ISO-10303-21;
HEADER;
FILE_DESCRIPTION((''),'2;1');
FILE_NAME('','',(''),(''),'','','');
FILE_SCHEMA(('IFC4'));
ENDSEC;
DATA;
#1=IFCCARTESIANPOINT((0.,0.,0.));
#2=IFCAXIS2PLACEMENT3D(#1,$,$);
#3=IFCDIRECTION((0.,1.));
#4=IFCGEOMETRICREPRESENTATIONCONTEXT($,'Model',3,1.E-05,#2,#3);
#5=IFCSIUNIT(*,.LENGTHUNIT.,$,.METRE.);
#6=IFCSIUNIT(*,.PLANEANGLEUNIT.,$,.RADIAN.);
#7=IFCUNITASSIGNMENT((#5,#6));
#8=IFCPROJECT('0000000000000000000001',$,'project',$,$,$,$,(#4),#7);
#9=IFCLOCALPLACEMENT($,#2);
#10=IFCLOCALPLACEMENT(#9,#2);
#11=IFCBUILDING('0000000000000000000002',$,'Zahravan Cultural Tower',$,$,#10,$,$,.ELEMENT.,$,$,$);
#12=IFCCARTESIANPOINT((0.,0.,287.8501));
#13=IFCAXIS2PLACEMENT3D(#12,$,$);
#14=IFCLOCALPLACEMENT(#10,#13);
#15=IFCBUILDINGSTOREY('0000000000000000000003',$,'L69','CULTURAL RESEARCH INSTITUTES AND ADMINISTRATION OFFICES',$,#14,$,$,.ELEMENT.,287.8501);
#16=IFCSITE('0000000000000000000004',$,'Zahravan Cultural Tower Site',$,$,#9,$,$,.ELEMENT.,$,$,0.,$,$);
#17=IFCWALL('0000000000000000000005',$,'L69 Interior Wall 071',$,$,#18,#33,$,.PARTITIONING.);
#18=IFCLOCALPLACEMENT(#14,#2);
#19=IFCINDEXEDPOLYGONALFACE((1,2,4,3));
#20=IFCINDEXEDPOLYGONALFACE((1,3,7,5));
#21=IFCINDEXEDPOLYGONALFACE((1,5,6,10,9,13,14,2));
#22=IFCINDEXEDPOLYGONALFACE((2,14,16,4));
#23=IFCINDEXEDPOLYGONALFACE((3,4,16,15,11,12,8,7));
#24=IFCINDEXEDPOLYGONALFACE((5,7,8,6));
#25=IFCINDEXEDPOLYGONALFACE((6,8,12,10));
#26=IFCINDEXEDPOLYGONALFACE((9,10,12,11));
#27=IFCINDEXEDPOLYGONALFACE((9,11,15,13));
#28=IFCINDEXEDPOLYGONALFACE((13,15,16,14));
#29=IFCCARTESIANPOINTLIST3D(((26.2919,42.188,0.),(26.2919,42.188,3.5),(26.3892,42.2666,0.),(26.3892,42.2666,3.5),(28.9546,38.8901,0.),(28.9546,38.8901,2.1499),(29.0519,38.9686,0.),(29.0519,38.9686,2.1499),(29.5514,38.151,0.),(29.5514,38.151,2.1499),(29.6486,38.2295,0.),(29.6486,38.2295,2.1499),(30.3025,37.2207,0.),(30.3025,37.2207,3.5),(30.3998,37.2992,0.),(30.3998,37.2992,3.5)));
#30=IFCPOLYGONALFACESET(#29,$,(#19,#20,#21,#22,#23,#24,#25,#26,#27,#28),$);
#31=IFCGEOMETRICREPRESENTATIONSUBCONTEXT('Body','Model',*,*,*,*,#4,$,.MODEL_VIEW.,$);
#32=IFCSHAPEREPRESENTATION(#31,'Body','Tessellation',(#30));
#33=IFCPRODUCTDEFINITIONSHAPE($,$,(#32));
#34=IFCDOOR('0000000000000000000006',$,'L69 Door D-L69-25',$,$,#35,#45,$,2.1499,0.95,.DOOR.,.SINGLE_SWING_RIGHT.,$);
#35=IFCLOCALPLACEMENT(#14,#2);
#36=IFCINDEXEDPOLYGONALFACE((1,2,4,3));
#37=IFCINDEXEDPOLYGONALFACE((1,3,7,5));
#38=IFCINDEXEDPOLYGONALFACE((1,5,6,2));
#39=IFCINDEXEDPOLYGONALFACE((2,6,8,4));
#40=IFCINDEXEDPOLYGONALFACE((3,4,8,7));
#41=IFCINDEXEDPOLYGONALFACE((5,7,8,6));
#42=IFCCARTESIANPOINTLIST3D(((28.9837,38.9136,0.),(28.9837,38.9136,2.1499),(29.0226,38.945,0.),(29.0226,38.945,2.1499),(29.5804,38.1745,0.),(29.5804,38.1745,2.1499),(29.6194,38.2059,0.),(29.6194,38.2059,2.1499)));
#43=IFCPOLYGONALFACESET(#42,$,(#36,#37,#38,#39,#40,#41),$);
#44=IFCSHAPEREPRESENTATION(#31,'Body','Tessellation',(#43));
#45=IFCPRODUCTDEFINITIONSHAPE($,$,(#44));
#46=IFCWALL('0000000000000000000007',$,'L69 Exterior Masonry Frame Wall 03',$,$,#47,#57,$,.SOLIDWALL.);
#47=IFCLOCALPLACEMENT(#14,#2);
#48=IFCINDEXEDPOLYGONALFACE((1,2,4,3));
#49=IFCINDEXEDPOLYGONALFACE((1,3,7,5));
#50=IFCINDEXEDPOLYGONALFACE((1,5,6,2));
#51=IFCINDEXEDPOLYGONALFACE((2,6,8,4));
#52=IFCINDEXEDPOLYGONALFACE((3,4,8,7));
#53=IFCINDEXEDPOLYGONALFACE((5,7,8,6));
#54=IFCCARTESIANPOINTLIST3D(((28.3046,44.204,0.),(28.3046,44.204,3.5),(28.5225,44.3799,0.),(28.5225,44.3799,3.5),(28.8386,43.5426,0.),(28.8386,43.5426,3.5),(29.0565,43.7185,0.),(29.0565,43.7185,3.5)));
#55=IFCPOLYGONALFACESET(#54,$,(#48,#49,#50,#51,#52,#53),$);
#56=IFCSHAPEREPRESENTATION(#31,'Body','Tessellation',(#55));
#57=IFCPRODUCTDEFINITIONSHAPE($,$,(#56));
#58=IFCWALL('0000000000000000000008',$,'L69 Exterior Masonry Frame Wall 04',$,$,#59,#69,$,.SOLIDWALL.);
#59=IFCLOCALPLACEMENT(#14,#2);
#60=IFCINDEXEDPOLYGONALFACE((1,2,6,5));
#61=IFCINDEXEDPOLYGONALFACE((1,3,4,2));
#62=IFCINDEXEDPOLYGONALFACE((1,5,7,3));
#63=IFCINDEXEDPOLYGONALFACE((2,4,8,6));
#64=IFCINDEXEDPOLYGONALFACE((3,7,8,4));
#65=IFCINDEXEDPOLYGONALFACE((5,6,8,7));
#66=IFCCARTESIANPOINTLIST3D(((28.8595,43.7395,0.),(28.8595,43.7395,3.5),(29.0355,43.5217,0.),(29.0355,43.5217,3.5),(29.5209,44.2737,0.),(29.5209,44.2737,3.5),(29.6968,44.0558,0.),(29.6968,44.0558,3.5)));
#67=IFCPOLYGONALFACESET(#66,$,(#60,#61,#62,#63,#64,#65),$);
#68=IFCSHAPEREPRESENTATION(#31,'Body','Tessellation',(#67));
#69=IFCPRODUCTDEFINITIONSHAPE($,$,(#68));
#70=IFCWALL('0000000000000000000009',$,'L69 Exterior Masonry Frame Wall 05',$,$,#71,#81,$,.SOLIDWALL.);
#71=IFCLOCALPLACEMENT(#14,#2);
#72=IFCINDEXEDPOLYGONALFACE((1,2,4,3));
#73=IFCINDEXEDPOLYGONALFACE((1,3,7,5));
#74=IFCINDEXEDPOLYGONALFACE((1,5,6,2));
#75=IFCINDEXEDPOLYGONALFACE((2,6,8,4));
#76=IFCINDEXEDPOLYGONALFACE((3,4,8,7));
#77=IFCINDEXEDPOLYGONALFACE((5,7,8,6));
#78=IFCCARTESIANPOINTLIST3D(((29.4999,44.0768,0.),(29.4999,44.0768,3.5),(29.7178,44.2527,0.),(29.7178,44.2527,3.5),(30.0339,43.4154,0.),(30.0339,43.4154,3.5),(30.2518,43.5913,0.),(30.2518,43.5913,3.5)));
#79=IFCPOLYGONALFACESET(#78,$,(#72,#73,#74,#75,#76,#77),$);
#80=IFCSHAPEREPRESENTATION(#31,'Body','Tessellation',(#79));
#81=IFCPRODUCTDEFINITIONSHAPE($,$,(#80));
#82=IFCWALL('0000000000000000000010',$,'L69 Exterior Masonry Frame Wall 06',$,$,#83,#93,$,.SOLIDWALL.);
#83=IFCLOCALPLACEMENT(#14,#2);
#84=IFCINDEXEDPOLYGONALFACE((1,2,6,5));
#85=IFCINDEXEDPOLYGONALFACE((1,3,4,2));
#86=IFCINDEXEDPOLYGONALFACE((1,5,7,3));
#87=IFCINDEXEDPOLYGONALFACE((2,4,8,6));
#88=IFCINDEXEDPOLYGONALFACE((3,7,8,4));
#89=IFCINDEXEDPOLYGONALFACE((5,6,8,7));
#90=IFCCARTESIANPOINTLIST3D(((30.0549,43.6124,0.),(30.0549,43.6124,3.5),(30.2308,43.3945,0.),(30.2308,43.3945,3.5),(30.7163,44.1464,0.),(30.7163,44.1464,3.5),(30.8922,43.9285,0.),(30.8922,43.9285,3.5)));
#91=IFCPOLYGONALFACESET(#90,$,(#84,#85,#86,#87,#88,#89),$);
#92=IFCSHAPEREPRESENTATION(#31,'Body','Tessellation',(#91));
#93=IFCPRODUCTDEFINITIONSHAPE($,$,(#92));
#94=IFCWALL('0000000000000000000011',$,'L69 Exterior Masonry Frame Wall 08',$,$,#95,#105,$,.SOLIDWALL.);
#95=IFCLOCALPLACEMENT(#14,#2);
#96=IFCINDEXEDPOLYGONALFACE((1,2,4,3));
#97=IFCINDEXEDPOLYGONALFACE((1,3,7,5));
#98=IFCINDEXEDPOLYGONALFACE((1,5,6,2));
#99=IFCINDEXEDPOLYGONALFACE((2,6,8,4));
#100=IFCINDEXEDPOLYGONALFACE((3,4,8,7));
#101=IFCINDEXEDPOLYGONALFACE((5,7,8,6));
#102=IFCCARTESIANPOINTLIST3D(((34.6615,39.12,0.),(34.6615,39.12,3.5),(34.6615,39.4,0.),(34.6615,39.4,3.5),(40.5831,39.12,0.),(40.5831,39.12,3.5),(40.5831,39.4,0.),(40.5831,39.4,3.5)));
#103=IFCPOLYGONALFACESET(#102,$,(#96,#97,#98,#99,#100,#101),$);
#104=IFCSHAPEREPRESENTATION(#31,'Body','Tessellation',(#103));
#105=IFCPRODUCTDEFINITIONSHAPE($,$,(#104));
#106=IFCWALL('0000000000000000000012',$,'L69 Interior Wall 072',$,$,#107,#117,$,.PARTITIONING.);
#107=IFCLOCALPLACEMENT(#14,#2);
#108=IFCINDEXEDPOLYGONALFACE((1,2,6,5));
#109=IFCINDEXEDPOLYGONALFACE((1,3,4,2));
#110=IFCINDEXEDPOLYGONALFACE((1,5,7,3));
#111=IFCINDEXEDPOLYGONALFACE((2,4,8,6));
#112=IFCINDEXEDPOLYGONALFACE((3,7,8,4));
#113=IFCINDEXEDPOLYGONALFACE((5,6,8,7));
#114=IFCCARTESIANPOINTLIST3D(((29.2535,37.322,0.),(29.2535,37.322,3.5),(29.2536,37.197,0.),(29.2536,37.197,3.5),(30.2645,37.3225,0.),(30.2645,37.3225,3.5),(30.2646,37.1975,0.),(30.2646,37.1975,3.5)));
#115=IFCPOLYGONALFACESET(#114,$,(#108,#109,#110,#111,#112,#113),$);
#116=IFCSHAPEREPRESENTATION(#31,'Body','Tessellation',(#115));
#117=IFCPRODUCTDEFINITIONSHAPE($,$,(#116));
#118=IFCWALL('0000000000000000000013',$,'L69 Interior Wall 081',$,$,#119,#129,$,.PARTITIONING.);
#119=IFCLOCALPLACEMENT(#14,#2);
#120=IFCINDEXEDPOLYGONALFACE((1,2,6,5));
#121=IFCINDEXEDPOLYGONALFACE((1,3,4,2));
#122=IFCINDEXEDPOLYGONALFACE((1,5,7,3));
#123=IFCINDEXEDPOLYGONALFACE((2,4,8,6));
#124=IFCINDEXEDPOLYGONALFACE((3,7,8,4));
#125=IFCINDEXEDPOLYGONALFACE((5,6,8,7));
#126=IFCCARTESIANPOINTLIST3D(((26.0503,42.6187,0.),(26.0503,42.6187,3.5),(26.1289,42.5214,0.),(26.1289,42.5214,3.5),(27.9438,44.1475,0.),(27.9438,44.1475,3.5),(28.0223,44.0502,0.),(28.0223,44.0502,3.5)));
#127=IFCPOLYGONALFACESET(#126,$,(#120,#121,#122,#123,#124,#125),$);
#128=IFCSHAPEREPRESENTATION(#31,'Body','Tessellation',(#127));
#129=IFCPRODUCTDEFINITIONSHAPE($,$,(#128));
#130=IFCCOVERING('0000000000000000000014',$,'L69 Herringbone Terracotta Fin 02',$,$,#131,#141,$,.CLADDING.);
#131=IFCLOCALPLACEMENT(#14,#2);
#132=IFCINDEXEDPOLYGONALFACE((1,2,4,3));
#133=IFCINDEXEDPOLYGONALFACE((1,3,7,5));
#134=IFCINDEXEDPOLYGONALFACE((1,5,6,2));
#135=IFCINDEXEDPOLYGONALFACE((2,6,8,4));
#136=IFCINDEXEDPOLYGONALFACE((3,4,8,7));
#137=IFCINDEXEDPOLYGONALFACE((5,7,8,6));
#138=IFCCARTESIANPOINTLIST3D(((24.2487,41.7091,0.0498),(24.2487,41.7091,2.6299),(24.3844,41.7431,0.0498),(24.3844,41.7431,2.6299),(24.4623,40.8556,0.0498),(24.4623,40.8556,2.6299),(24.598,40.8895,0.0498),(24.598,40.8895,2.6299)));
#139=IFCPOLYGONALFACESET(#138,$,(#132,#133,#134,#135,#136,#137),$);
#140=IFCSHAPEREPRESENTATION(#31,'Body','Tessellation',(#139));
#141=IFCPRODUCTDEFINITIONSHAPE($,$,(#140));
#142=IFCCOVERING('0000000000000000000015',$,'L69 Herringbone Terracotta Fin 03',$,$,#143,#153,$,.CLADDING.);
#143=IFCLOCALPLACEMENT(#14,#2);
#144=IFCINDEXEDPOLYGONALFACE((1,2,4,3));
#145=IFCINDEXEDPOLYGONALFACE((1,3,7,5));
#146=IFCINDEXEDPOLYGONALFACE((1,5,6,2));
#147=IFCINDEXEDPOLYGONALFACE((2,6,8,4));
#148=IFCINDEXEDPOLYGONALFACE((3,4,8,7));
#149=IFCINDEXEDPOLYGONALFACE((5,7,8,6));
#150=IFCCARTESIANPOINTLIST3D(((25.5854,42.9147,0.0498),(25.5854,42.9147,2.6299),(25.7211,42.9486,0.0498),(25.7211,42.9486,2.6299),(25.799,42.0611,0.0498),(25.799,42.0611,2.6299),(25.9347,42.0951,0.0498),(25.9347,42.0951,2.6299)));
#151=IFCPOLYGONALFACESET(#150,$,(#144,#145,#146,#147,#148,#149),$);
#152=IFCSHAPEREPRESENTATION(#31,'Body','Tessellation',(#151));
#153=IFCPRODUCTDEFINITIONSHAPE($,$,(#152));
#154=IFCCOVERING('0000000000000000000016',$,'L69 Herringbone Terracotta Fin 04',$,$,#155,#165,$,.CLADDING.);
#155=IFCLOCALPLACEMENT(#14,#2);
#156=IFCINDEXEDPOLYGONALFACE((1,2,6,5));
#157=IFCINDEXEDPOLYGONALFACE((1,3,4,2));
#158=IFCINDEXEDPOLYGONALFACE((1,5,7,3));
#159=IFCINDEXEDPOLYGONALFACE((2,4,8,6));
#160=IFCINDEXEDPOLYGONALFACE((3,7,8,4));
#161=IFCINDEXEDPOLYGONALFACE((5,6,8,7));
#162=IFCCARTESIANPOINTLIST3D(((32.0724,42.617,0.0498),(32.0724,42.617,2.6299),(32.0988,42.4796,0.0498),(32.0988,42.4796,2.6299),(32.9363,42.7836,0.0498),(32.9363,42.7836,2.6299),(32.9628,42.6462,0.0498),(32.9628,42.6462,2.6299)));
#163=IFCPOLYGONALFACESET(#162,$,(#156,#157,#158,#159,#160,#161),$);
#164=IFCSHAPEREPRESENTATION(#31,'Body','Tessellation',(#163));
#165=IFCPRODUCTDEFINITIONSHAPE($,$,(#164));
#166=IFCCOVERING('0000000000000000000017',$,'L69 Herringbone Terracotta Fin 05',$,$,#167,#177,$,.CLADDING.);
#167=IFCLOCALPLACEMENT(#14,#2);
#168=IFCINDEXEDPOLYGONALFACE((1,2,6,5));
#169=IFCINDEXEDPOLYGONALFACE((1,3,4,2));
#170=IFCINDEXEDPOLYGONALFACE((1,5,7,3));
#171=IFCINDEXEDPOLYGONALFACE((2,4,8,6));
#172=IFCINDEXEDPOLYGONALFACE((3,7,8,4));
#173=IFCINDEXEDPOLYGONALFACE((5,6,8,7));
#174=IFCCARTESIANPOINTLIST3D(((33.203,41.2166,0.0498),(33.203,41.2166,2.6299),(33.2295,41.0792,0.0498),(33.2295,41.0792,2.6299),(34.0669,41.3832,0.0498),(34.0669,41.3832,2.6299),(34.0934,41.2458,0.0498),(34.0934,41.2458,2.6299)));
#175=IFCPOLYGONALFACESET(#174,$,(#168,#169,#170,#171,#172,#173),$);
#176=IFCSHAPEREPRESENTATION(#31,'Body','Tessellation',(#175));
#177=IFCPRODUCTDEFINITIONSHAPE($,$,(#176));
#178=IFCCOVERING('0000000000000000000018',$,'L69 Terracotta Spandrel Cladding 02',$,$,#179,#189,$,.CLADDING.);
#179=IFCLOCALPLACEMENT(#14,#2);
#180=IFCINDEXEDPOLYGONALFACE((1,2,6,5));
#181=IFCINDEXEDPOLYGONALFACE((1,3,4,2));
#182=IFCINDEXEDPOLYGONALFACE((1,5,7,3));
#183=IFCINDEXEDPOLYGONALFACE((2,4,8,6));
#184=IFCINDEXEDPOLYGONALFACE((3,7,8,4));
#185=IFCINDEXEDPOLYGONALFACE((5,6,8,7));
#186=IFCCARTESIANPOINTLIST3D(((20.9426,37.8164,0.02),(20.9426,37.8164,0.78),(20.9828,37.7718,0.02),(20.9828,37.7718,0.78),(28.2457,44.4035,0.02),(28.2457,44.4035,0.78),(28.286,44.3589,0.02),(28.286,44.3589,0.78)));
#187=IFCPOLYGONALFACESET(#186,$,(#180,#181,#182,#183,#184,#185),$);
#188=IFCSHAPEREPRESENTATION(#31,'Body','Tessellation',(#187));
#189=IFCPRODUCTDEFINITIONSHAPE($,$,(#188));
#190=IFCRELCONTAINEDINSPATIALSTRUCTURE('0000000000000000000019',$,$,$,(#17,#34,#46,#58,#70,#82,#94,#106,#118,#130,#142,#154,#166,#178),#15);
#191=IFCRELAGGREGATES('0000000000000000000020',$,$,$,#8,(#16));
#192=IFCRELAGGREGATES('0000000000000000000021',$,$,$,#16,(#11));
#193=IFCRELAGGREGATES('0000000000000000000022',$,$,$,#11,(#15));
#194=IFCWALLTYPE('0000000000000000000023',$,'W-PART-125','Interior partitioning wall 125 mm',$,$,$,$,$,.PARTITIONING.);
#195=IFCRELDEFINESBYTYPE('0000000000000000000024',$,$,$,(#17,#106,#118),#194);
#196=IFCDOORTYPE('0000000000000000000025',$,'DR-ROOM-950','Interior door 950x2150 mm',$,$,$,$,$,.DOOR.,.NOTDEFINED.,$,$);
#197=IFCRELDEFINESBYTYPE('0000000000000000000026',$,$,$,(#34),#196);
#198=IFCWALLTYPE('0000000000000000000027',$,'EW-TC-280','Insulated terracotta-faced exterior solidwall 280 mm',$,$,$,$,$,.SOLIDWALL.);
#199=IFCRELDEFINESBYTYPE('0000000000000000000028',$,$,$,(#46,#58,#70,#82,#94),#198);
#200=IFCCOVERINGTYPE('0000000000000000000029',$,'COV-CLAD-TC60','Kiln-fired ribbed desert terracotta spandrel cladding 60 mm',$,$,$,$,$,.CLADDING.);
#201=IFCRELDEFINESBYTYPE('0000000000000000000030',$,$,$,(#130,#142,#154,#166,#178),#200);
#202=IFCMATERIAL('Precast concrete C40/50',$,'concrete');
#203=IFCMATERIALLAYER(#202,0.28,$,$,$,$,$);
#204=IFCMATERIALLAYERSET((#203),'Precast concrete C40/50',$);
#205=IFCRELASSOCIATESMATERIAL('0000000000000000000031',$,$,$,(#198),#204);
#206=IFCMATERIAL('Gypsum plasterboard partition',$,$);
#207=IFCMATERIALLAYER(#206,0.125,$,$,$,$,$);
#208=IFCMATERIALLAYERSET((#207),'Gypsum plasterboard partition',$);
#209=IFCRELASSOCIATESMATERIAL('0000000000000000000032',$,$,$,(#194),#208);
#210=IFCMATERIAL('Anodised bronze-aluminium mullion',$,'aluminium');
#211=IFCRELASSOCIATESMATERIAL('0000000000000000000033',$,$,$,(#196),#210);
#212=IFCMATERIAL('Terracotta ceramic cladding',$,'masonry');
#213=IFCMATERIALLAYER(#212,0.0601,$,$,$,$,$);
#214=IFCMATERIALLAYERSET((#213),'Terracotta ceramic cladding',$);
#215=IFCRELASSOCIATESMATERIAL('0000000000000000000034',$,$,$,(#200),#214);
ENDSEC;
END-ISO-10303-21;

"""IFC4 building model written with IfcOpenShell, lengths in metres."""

from ifc_helpers import new_model, si_unit, direction, frame, frame_2d, origin, origin_2d, place, context, subcontext, project, spatial, rectangle, extrude, source, transform, mapped, material, layer, layer_set, type_object, element, fill, save


model = new_model("IFC4")

# Units and contexts
model_context = context("Model", 3, precision=1e-05, world=origin(), true_north=direction((0.0, 1.0)))
body_context = subcontext(model_context, "Body", "Model", "MODEL_VIEW")
ifc_project = project(units=[si_unit("LENGTHUNIT", "METRE"), si_unit("PLANEANGLEUNIT", "RADIAN")], contexts=[model_context])

# Site, building, storey
site_placement = place(None, origin())
site = spatial("IfcSite", under=ifc_project, at=site_placement, Name="Zahravan Cultural Tower Site", CompositionType="ELEMENT", RefElevation=0.0)
building_placement = place(site_placement, origin())
building = spatial("IfcBuilding", under=site, at=building_placement, Name="Zahravan Cultural Tower", CompositionType="ELEMENT")
storey_placement = place(building_placement, frame((0.0, 0.0, 287.8501)))
storey = spatial("IfcBuildingStorey", under=building, at=storey_placement, Name="L69", Description="CULTURAL RESEARCH INSTITUTES AND ADMINISTRATION OFFICES", CompositionType="ELEMENT", Elevation=287.8501)

# Shared definitions
ifc_material_1 = material(Name="Precast concrete C40/50", Category="concrete")
ifc_layer_1 = layer(ifc_material_1, 0.28)
ifc_layer_set_1 = layer_set([ifc_layer_1], Name="Precast concrete C40/50")
wall_type_1 = type_object("IfcWallType", Name="EW-TC-280", Description="Insulated terracotta-faced exterior solidwall 280 mm", PredefinedType="SOLIDWALL", material=ifc_layer_set_1)

# Wall, opening, door
ifc_material_2 = material(Name="Gypsum plasterboard partition")
ifc_layer_2 = layer(ifc_material_2, 0.125)
ifc_layer_set_2 = layer_set([ifc_layer_2], Name="Gypsum plasterboard partition")
wall_type_2 = type_object("IfcWallType", Name="W-PART-125", Description="Interior partitioning wall 125 mm", PredefinedType="PARTITIONING", material=ifc_layer_set_2)
wall_1_placement = place(storey_placement, frame((26.3406, 42.2273, 0.0), z_axis=(0.0, 0.0, 1.0), x_axis=(0.628191, -0.778059, 0.0)))
wall_1 = element("IfcWall", 1, at=wall_1_placement, inside=storey, type_object=wall_type_2, Name="L69 Interior Wall 071", PredefinedType="PARTITIONING", context=body_context, shape_type="SweptSolid", body=[
    extrude(rectangle(XDim=6.3843, YDim=0.125, at=frame_2d((3.1921, 0.0))), origin(), (0.0, 0.0, 1.0), 3.5),
])
opening_1_placement = place(wall_1_placement, frame((4.2385, 0.0, 0.0)))
opening_1 = element("IfcOpeningElement", 2, at=opening_1_placement, cuts=wall_1, PredefinedType="OPENING", context=body_context, shape_type="SweptSolid", body=[
    extrude(rectangle(XDim=0.95, YDim=2.1499, at=frame_2d((0.4751, 1.075))), frame((0.0, 0.0725, 0.0), z_axis=(0.0, -1.0, 0.0), x_axis=(1.0, 0.0, 0.0)), (0.0, 0.0, 1.0), 0.145),
])
ifc_material_3 = material(Name="Anodised bronze-aluminium mullion", Category="aluminium")
door_type = type_object("IfcDoorType", Name="DR-ROOM-950", Description="Interior door 950x2150 mm", OperationType="NOTDEFINED", PredefinedType="DOOR", material=ifc_material_3)
shared_shape_1 = source(origin(), body_context, "Body", "SweptSolid", [
    extrude(rectangle(XDim=0.95, YDim=2.1499, at=frame_2d((0.4751, 1.075))), frame((0.0, 0.0249, 0.0), z_axis=(0.0, -1.0, 0.0), x_axis=(1.0, 0.0, 0.0)), (0.0, 0.0, 1.0), 0.05),
])
door_placement = place(opening_1_placement, origin())
door = element("IfcDoor", 3, at=door_placement, inside=storey, type_object=door_type, Name="L69 Door D-L69-25", OperationType="SINGLE_SWING_RIGHT", OverallHeight=2.1499, OverallWidth=0.95, PredefinedType="DOOR", context=body_context, shape_type="MappedRepresentation", body=[
    mapped(shared_shape_1, transform((0.0, 0.0, 0.0), x_axis=(1.0, 0.0, 0.0), y_axis=(0.0, 1.0, 0.0), z_axis=(0.0, 0.0, 1.0), scale=1.0)),
])
fill(opening_1, door)

# Walls
shared_shape_2 = source(origin(), body_context, "Body", "SweptSolid", [
    extrude(rectangle(XDim=0.8501, YDim=0.28, at=frame_2d((0.425, 0.0))), origin(), (0.0, 0.0, 1.0), 3.5),
])
for number, where, z_axis, x_axis, name in (
    (4, (28.4136, 44.292, 0.0), (0.0, 0.0, 1.0), (0.628157, -0.778087, 0.0), "L69 Exterior Masonry Frame Wall 03"),
    (5, (28.9475, 43.6306, 0.0), (0.0, 0.0, 1.0), (0.777947, 0.62833, 0.0), "L69 Exterior Masonry Frame Wall 04"),
    (6, (29.6089, 44.1648, 0.0), (0.0, 0.0, 1.0), (0.628157, -0.778087, 0.0), "L69 Exterior Masonry Frame Wall 05"),
    (7, (30.1428, 43.5034, 0.0), (0.0, 0.0, 1.0), (0.778087, 0.628157, 0.0), "L69 Exterior Masonry Frame Wall 06"),
):
    element("IfcWall", number, at=place(storey_placement, frame(where, z_axis=z_axis, x_axis=x_axis)), inside=storey, type_object=wall_type_1, Name=name, PredefinedType="SOLIDWALL", context=body_context, shape_type="MappedRepresentation", body=[
        mapped(shared_shape_2, transform((0.0, 0.0, 0.0), x_axis=(1.0, 0.0, 0.0), y_axis=(0.0, 1.0, 0.0), z_axis=(0.0, 0.0, 1.0), scale=1.0)),
    ])
shared_shape_3 = source(origin(), body_context, "Body", "SweptSolid", [
    extrude(rectangle(XDim=5.9216, YDim=0.28, at=frame_2d((2.9609, 0.0))), origin(), (0.0, 0.0, 1.0), 3.5),
])
wall_2_placement = place(storey_placement, frame((34.6614, 39.26, 0.0), z_axis=(0.0, 0.0, 1.0), x_axis=(1.0, 0.0, 0.0)))
element("IfcWall", 8, at=wall_2_placement, inside=storey, type_object=wall_type_1, Name="L69 Exterior Masonry Frame Wall 08", PredefinedType="SOLIDWALL", context=body_context, shape_type="MappedRepresentation", body=[
    mapped(shared_shape_3, transform((0.0, 0.0, 0.0), x_axis=(1.0, 0.0, 0.0), y_axis=(0.0, 1.0, 0.0), z_axis=(0.0, 0.0, 1.0), scale=1.0)),
])
shared_shape_4 = source(origin(), body_context, "Body", "SweptSolid", [
    extrude(rectangle(XDim=1.011, YDim=0.125, at=frame_2d((0.5054, 0.0))), origin(), (0.0, 0.0, 1.0), 3.5),
])
wall_3_placement = place(storey_placement, frame((30.2644, 37.26, 0.0), z_axis=(0.0, 0.0, 1.0), x_axis=(-1.0, -0.000483, 0.0)))
element("IfcWall", 9, at=wall_3_placement, inside=storey, type_object=wall_type_2, Name="L69 Interior Wall 072", PredefinedType="PARTITIONING", context=body_context, shape_type="MappedRepresentation", body=[
    mapped(shared_shape_4, transform((0.0, 0.0, 0.0), x_axis=(1.0, 0.0, 0.0), y_axis=(0.0, 1.0, 0.0), z_axis=(0.0, 0.0, 1.0), scale=1.0)),
])
shared_shape_5 = source(origin(), body_context, "Body", "SweptSolid", [
    extrude(rectangle(XDim=2.4336, YDim=0.125, at=frame_2d((1.2168, 0.0))), origin(), (0.0, 0.0, 1.0), 3.5),
])
wall_4_placement = place(storey_placement, frame((26.0896, 42.5701, 0.0), z_axis=(0.0, 0.0, 1.0), x_axis=(0.778062, 0.628188, 0.0)))
element("IfcWall", 10, at=wall_4_placement, inside=storey, type_object=wall_type_2, Name="L69 Interior Wall 081", PredefinedType="PARTITIONING", context=body_context, shape_type="MappedRepresentation", body=[
    mapped(shared_shape_5, transform((0.0, 0.0, 0.0), x_axis=(1.0, 0.0, 0.0), y_axis=(0.0, 1.0, 0.0), z_axis=(0.0, 0.0, 1.0), scale=1.0)),
])

# Coverings
ifc_material_4 = material(Name="Terracotta ceramic cladding", Category="masonry")
ifc_layer_3 = layer(ifc_material_4, 0.0601)
ifc_layer_set_3 = layer_set([ifc_layer_3], Name="Terracotta ceramic cladding")
covering_type = type_object("IfcCoveringType", Name="COV-CLAD-TC60", Description="Kiln-fired ribbed desert terracotta spandrel cladding 60 mm", PredefinedType="CLADDING", material=ifc_layer_set_3)
shared_shape_6 = source(origin(), body_context, "Body", "SweptSolid", [
    extrude(rectangle(XDim=0.8799, YDim=0.1399, at=origin_2d()), origin(), (0.0, 0.0, 1.0), 2.5801),
])
for number, where, z_axis, x_axis, name in (
    (11, (24.4233, 41.2993, 0.0498), (0.0, 0.0, 1.0), (-0.242752, 0.970088, 0.0), "L69 Herringbone Terracotta Fin 02"),
    (12, (25.76, 42.5049, 0.0498), (0.0, 0.0, 1.0), (-0.242752, 0.970088, 0.0), "L69 Herringbone Terracotta Fin 03"),
    (13, (32.5176, 42.6316, 0.0498), (0.0, 0.0, 1.0), (0.981903, 0.189387, 0.0), "L69 Herringbone Terracotta Fin 04"),
    (14, (33.6482, 41.2312, 0.0498), (0.0, 0.0, 1.0), (0.981903, 0.189387, 0.0), "L69 Herringbone Terracotta Fin 05"),
):
    element("IfcCovering", number, at=place(storey_placement, frame(where, z_axis=z_axis, x_axis=x_axis)), inside=storey, type_object=covering_type, Name=name, PredefinedType="CLADDING", context=body_context, shape_type="MappedRepresentation", body=[
        mapped(shared_shape_6, transform((0.0, 0.0, 0.0), x_axis=(1.0, 0.0, 0.0), y_axis=(0.0, 1.0, 0.0), z_axis=(0.0, 0.0, 1.0), scale=1.0)),
    ])
shared_shape_7 = source(origin(), body_context, "Body", "SweptSolid", [
    extrude(rectangle(XDim=9.835, YDim=0.0601, at=origin_2d()), origin(), (0.0, 0.0, 1.0), 0.76),
])
covering_1_placement = place(storey_placement, frame((24.6143, 41.0876, 0.02), z_axis=(0.0, 0.0, 1.0), x_axis=(0.742572, 0.669766, 0.0)))
element("IfcCovering", 15, at=covering_1_placement, inside=storey, type_object=covering_type, Name="L69 Terracotta Spandrel Cladding 02", PredefinedType="CLADDING", context=body_context, shape_type="MappedRepresentation", body=[
    mapped(shared_shape_7, transform((0.0, 0.0, 0.0), x_axis=(1.0, 0.0, 0.0), y_axis=(0.0, 1.0, 0.0), z_axis=(0.0, 0.0, 1.0), scale=1.0)),
])

save(model, "model.ifc")
